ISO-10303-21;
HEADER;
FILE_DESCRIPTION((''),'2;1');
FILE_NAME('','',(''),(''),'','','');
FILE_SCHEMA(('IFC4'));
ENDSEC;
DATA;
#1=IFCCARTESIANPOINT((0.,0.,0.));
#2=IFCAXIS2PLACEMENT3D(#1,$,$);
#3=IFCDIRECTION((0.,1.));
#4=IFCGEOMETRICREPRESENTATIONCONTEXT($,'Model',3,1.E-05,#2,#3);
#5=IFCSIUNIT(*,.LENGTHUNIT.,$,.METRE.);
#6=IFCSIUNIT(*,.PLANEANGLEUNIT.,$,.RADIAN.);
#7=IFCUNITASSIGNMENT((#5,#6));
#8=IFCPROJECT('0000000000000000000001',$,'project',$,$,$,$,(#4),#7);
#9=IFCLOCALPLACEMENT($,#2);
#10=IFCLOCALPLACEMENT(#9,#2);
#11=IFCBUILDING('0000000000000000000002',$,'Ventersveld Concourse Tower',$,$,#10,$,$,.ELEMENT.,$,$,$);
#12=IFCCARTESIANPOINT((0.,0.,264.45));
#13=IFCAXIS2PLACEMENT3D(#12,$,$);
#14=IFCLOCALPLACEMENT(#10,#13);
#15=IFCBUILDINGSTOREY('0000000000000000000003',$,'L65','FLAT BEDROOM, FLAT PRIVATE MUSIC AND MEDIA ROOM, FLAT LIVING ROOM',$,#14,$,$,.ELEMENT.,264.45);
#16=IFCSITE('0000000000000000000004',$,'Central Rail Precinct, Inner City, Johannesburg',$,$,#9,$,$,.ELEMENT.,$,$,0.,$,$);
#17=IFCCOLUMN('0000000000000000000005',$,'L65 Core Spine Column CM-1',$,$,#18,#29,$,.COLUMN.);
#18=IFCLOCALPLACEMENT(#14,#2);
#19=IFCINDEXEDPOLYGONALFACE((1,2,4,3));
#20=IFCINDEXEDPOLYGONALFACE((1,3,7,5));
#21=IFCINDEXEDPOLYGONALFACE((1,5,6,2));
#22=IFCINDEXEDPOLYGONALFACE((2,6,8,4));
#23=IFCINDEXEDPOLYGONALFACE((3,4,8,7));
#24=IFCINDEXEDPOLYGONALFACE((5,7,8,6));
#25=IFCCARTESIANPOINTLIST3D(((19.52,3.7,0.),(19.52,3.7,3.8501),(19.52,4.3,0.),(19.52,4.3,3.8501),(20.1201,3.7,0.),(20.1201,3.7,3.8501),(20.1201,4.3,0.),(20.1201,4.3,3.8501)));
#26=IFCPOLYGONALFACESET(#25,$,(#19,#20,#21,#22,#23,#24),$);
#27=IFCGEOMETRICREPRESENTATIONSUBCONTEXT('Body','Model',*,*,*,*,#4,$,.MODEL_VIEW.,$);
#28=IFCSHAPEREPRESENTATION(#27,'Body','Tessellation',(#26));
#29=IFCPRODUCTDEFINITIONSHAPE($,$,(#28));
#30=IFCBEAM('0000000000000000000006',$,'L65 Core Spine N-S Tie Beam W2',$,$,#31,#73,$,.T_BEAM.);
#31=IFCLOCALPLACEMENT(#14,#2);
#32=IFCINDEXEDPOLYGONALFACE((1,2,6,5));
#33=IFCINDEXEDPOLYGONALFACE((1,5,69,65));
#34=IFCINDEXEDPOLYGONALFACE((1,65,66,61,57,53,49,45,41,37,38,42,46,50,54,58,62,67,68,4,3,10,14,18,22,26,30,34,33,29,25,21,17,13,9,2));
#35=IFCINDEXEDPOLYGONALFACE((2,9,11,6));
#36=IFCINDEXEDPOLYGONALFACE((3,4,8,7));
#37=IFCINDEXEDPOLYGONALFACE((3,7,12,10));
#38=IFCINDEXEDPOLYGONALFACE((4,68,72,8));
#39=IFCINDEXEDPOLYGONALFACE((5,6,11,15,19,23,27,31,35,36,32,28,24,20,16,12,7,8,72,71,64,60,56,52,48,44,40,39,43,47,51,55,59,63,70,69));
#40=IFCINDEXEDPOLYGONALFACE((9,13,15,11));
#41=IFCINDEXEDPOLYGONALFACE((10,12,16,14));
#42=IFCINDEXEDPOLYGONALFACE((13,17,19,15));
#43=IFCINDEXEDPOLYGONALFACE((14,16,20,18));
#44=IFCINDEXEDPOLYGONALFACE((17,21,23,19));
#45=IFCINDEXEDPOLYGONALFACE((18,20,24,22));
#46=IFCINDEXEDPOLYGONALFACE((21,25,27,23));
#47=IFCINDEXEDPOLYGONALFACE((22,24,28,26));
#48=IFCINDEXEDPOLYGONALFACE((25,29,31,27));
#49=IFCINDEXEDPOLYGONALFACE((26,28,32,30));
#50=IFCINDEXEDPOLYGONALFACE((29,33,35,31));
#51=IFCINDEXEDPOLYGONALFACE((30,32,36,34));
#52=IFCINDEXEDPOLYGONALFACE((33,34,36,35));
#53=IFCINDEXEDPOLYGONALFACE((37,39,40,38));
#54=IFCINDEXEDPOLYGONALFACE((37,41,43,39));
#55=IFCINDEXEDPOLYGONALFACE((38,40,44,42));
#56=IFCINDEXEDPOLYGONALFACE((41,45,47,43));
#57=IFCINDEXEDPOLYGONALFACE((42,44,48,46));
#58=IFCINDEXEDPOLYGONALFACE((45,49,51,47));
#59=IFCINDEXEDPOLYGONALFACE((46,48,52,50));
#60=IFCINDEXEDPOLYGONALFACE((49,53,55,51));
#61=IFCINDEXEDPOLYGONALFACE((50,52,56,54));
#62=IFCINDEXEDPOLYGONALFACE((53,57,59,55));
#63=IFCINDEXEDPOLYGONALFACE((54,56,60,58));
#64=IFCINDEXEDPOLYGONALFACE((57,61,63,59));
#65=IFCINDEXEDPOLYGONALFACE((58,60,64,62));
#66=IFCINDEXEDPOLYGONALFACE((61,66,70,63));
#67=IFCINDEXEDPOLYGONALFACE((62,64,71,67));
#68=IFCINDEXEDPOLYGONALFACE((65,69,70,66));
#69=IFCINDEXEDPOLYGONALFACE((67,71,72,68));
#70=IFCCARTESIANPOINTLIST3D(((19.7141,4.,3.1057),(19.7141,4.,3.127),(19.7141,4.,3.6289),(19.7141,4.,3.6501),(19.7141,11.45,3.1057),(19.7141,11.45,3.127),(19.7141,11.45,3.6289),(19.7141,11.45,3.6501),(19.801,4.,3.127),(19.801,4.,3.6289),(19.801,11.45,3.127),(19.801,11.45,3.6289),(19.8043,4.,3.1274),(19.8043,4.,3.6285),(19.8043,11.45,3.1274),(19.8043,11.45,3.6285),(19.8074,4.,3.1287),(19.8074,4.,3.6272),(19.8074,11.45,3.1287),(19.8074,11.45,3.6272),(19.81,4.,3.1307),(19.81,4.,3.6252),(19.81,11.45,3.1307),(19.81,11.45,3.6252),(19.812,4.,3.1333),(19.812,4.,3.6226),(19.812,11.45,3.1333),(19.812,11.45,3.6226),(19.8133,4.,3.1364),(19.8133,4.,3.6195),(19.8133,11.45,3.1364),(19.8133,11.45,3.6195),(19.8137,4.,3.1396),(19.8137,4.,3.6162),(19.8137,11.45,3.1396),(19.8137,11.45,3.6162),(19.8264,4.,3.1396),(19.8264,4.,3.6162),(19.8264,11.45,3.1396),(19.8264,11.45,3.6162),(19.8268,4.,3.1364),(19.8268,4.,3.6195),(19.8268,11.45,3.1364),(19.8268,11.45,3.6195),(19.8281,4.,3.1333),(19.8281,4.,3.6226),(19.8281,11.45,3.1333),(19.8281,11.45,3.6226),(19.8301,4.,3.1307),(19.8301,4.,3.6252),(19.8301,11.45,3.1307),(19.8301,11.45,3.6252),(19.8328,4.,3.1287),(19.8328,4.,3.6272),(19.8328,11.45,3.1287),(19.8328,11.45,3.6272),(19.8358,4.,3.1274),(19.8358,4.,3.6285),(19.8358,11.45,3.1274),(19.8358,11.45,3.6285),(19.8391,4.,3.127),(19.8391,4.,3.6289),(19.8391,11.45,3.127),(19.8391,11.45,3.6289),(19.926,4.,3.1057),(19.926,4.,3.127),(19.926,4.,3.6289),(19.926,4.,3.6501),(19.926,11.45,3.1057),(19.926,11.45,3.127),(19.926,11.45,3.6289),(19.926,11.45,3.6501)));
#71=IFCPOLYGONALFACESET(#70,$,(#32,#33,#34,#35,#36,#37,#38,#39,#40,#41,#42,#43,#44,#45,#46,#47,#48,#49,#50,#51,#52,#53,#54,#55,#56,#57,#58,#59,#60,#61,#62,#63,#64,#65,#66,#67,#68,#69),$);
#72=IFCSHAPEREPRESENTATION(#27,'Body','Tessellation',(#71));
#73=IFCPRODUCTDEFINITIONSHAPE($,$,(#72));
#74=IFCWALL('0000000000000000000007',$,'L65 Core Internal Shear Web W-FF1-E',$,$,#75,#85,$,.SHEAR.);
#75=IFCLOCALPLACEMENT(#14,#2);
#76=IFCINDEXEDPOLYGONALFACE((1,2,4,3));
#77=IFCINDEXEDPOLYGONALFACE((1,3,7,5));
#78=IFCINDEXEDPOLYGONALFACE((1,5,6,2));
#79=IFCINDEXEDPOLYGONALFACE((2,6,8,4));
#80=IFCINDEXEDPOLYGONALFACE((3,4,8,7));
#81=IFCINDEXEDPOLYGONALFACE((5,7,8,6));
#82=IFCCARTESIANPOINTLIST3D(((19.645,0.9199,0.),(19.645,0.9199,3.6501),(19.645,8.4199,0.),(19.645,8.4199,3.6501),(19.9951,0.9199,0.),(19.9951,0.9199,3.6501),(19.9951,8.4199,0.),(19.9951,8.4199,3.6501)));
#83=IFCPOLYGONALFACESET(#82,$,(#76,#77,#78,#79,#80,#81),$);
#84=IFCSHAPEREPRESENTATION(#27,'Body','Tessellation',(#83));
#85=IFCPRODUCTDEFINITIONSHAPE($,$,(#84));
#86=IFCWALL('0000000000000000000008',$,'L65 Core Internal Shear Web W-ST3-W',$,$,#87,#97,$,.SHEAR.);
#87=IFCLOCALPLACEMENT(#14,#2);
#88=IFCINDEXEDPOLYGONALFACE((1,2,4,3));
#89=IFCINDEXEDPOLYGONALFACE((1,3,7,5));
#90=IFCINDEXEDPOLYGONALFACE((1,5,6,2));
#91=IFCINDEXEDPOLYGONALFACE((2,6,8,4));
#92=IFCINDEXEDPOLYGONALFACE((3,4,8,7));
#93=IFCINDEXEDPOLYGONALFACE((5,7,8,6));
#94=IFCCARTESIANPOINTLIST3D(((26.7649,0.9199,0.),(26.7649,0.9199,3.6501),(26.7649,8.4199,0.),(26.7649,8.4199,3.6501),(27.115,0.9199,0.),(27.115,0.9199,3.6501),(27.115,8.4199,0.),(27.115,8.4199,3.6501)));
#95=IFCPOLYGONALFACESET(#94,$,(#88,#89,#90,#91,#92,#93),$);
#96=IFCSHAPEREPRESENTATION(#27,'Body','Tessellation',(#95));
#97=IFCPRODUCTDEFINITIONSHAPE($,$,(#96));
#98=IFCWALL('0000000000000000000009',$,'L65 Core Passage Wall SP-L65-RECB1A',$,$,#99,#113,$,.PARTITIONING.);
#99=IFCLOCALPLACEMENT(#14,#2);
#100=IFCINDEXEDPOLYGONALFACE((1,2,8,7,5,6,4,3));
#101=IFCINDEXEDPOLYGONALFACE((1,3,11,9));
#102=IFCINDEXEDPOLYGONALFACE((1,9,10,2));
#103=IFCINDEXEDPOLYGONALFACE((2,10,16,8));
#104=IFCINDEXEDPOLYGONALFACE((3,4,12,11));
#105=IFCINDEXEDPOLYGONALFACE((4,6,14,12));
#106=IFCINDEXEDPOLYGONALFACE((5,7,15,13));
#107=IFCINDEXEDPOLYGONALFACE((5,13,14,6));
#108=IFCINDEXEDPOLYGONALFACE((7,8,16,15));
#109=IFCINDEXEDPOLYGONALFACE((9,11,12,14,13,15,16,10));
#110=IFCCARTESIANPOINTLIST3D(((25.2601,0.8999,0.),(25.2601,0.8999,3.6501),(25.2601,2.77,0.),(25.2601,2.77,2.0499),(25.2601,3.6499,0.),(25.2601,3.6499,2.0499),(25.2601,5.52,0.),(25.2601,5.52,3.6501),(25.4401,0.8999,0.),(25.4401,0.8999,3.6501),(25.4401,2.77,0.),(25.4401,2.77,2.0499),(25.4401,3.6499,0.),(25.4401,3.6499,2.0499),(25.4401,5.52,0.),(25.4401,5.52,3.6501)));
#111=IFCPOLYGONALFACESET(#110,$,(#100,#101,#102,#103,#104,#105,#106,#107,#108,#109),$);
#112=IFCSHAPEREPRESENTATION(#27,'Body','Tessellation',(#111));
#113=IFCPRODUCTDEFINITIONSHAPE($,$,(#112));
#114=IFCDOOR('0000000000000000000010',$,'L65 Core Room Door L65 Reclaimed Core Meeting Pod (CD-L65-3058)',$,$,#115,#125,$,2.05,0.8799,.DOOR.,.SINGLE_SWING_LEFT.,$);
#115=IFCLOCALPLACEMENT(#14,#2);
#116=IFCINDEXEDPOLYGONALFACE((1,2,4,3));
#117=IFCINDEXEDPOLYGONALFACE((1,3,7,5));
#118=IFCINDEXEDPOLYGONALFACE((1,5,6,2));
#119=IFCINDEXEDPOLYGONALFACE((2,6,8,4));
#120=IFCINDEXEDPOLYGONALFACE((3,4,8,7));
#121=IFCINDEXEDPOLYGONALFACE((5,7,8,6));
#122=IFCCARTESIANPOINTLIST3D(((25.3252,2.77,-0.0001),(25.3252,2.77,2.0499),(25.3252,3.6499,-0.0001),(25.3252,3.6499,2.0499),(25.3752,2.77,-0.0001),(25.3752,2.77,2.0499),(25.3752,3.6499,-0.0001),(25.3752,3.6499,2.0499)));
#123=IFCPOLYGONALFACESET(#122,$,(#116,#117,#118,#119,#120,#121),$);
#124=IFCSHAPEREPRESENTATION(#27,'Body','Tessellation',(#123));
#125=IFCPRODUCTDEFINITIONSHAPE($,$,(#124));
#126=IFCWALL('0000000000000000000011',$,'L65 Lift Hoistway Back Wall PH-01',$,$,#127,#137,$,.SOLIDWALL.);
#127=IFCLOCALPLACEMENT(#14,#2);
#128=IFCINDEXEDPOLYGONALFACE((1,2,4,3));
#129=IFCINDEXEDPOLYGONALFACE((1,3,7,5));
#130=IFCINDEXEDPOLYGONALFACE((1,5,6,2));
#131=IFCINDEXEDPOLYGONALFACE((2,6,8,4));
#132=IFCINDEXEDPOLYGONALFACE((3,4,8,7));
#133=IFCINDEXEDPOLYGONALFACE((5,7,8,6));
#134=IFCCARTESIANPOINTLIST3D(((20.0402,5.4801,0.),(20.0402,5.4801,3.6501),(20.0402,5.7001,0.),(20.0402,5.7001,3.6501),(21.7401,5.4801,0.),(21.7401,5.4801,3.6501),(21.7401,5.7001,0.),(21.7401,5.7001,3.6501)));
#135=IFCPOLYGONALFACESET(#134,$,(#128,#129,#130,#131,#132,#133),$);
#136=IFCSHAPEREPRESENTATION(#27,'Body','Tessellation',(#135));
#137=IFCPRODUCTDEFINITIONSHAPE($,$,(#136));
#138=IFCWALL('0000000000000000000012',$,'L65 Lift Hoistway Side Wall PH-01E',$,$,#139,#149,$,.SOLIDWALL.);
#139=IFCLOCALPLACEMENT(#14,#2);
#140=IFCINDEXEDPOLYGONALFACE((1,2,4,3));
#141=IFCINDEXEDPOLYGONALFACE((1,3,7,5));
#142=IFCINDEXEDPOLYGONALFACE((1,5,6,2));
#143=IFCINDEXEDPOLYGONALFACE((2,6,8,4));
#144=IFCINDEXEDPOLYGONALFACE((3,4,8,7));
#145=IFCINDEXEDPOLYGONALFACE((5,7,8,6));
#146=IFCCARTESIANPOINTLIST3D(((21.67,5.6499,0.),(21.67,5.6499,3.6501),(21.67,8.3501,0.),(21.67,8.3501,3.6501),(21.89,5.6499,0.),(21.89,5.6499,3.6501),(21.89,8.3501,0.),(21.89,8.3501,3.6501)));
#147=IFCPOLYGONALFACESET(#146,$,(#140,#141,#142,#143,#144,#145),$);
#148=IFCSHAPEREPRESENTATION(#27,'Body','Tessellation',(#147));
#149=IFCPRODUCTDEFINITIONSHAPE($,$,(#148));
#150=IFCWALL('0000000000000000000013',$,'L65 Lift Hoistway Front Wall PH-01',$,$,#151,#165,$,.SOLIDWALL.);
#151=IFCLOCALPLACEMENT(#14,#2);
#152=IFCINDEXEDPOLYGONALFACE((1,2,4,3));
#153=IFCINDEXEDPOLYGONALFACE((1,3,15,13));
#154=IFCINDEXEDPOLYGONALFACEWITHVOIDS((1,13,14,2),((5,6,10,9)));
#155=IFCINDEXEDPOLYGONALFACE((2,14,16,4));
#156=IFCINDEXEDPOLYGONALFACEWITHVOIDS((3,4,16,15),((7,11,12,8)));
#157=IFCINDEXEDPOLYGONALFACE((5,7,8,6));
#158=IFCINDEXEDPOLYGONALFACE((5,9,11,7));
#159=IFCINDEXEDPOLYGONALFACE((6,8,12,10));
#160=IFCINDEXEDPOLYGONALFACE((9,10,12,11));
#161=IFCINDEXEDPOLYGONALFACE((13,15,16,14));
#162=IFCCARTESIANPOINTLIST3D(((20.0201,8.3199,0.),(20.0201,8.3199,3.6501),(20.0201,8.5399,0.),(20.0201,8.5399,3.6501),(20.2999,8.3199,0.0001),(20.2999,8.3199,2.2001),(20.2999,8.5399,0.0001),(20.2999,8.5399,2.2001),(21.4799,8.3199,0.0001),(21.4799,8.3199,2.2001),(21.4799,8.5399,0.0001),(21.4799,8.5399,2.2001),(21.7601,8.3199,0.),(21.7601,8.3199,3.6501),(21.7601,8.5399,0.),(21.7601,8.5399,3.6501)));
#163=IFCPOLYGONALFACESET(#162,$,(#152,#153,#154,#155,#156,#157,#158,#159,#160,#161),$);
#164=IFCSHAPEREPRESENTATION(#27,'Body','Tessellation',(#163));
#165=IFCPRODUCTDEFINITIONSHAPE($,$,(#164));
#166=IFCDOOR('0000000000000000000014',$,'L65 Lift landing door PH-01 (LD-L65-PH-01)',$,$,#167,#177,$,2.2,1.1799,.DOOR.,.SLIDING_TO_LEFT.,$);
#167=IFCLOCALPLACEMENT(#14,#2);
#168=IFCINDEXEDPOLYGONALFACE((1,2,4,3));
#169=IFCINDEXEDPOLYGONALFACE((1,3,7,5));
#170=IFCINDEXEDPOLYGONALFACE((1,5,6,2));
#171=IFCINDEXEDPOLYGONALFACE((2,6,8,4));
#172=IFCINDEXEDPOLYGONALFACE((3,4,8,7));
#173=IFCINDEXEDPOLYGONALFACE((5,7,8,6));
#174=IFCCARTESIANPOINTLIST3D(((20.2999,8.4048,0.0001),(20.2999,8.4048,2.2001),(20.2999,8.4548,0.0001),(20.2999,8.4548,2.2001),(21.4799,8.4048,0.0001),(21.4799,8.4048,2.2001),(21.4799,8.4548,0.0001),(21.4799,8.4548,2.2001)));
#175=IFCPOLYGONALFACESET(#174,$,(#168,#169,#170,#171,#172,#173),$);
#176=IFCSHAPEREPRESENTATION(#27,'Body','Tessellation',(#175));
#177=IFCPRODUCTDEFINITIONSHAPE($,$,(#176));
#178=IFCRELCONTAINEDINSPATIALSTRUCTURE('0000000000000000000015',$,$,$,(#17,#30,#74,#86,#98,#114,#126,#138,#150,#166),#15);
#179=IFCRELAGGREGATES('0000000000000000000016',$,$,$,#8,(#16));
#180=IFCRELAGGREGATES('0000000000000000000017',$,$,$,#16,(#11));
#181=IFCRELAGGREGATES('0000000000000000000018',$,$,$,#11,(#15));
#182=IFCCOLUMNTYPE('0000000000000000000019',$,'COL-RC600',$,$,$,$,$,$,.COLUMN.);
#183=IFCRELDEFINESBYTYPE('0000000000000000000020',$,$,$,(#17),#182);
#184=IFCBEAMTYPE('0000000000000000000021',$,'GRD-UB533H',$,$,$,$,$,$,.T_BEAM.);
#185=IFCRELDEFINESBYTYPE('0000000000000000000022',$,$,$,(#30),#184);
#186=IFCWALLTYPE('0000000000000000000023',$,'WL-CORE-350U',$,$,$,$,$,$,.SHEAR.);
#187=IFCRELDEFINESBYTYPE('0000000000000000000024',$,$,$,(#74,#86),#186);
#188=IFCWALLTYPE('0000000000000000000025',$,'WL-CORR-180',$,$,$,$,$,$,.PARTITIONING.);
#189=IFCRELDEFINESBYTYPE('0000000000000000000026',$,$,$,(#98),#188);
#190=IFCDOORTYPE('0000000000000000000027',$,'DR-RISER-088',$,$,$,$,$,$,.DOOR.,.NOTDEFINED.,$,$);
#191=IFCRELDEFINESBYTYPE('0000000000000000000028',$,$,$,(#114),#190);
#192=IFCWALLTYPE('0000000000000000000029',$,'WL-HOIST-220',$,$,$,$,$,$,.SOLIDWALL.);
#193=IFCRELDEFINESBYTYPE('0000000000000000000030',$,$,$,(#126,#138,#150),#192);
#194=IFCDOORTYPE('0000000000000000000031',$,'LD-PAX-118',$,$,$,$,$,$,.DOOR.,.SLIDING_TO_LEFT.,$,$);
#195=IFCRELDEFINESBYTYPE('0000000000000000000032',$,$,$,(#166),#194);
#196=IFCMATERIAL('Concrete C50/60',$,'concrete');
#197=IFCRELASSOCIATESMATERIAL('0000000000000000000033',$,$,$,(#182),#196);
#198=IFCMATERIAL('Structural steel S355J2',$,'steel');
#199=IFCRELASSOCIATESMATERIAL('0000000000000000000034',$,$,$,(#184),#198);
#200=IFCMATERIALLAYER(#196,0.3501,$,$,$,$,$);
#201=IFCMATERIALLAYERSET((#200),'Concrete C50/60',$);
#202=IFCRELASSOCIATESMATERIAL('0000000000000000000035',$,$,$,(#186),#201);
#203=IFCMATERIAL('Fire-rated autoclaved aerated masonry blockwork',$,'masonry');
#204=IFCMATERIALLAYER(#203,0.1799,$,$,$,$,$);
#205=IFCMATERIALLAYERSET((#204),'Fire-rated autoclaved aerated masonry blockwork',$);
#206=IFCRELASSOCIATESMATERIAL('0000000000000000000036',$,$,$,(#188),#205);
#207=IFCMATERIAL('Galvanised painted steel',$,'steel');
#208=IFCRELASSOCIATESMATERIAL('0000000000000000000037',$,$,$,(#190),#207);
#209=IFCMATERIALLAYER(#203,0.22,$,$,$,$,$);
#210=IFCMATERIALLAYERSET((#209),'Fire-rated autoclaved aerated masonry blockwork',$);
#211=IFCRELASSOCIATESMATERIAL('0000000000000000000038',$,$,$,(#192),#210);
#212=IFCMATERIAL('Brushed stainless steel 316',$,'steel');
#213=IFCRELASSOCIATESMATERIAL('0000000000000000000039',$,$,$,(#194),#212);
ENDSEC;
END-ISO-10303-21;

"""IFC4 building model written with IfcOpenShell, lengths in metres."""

from ifc_helpers import new_model, si_unit, direction, frame, frame_2d, origin, origin_2d, place, context, subcontext, project, spatial, rectangle, i_section, extrude, material, layer, layer_set, material_profile, profile_set, type_object, element, fill, save


model = new_model("IFC4")

# Units and contexts
model_context = context("Model", 3, precision=1e-05, world=origin(), true_north=direction((0.0, 1.0)))
body_context = subcontext(model_context, "Body", "Model", "MODEL_VIEW")
ifc_project = project(units=[si_unit("LENGTHUNIT", "METRE"), si_unit("PLANEANGLEUNIT", "RADIAN")], contexts=[model_context])

# Site, building, storey
site_placement = place(None, origin())
site = spatial("IfcSite", under=ifc_project, at=site_placement, Name="Central Rail Precinct, Inner City, Johannesburg", CompositionType="ELEMENT", RefElevation=0.0)
building_placement = place(site_placement, origin())
building = spatial("IfcBuilding", under=site, at=building_placement, Name="Ventersveld Concourse Tower", CompositionType="ELEMENT")
storey_placement = place(building_placement, frame((0.0, 0.0, 264.45)))
storey = spatial("IfcBuildingStorey", under=building, at=storey_placement, Name="L65", Description="FLAT BEDROOM, FLAT PRIVATE MUSIC AND MEDIA ROOM, FLAT LIVING ROOM", CompositionType="ELEMENT", Elevation=264.45)

# Column
ifc_material_1 = material(Name="Concrete C50/60", Category="concrete")
ifc_material_profile_1 = material_profile(ifc_material_1, rectangle(XDim=0.6001, YDim=0.6001, at=origin_2d()), Name="RC 600x600")
ifc_profile_set_1 = profile_set([ifc_material_profile_1], Name="Concrete C50/60")
column_type = type_object("IfcColumnType", Name="COL-RC600", PredefinedType="COLUMN", material=ifc_profile_set_1)
column_placement = place(storey_placement, frame((19.8201, 4.0, 0.0), z_axis=(0.0, 0.0, 1.0), x_axis=(1.0, 0.0, 0.0)))
element("IfcColumn", 1, at=column_placement, inside=storey, type_object=column_type, Name="L65 Core Spine Column CM-1", PredefinedType="COLUMN", context=body_context, shape_type="SweptSolid", body=[
    extrude(rectangle(XDim=0.6001, YDim=0.6001, at=origin_2d()), origin(), (0.0, 0.0, 1.0), 3.8501),
])

# Beam
ifc_material_2 = material(Name="Structural steel S355J2", Category="steel")
ifc_material_profile_2 = material_profile(ifc_material_2, i_section(OverallWidth=0.2119, OverallDepth=0.5444, WebThickness=0.0127, FlangeThickness=0.0212, FilletRadius=0.0127, at=origin_2d()), Name="UB 533x210x122")
ifc_profile_set_2 = profile_set([ifc_material_profile_2], Name="Structural steel S355J2")
beam_type = type_object("IfcBeamType", Name="GRD-UB533H", PredefinedType="T_BEAM", material=ifc_profile_set_2)
beam_placement = place(storey_placement, frame((19.8201, 4.0, 3.3779), z_axis=(0.0, 1.0, 0.0), x_axis=(-1.0, 0.0, 0.0)))
element("IfcBeam", 2, at=beam_placement, inside=storey, type_object=beam_type, Name="L65 Core Spine N-S Tie Beam W2", PredefinedType="T_BEAM", context=body_context, shape_type="SweptSolid", body=[
    extrude(i_section(OverallWidth=0.2119, OverallDepth=0.5444, WebThickness=0.0127, FlangeThickness=0.0212, FilletRadius=0.0127, at=origin_2d()), origin(), (0.0, 0.0, 1.0), 7.45),
])

# Walls
ifc_layer_1 = layer(ifc_material_1, 0.3501)
ifc_layer_set_1 = layer_set([ifc_layer_1], Name="Concrete C50/60")
wall_type_1 = type_object("IfcWallType", Name="WL-CORE-350U", PredefinedType="SHEAR", material=ifc_layer_set_1)
for number, where, z_axis, x_axis, name in (
    (3, (19.8201, 0.9199, 0.0), (0.0, 0.0, 1.0), (0.0, 1.0, 0.0), "L65 Core Internal Shear Web W-FF1-E"),
    (4, (26.9399, 0.9199, 0.0), (0.0, 0.0, 1.0), (0.0, 1.0, 0.0), "L65 Core Internal Shear Web W-ST3-W"),
):
    element("IfcWall", number, at=place(storey_placement, frame(where, z_axis=z_axis, x_axis=x_axis)), inside=storey, type_object=wall_type_1, Name=name, PredefinedType="SHEAR", context=body_context, shape_type="SweptSolid", body=[
        extrude(rectangle(XDim=7.5, YDim=0.3501, at=frame_2d((3.75, 0.0))), origin(), (0.0, 0.0, 1.0), 3.6501),
    ])

# Wall, opening, door
ifc_material_3 = material(Name="Fire-rated autoclaved aerated masonry blockwork", Category="masonry")
ifc_layer_2 = layer(ifc_material_3, 0.1799)
ifc_layer_set_2 = layer_set([ifc_layer_2], Name="Fire-rated autoclaved aerated masonry blockwork")
wall_type_2 = type_object("IfcWallType", Name="WL-CORR-180", PredefinedType="PARTITIONING", material=ifc_layer_set_2)
wall_1_placement = place(storey_placement, frame((25.3501, 0.8999, 0.0), z_axis=(0.0, 0.0, 1.0), x_axis=(0.0, 1.0, 0.0)))
wall_1 = element("IfcWall", 5, at=wall_1_placement, inside=storey, type_object=wall_type_2, Name="L65 Core Passage Wall SP-L65-RECB1A", PredefinedType="PARTITIONING", context=body_context, shape_type="SweptSolid", body=[
    extrude(rectangle(XDim=4.6201, YDim=0.1799, at=frame_2d((2.3101, 0.0))), origin(), (0.0, 0.0, 1.0), 3.6501),
])
opening_1_placement = place(wall_1_placement, frame((1.8701, 0.0, 0.0)))
opening_1 = element("IfcOpeningElement", 6, at=opening_1_placement, cuts=wall_1, PredefinedType="OPENING", context=body_context, shape_type="SweptSolid", body=[
    extrude(rectangle(XDim=0.8799, YDim=2.05, at=frame_2d((0.4399, 1.0249))), frame((0.0, 0.1001, 0.0), z_axis=(0.0, -1.0, 0.0), x_axis=(1.0, 0.0, 0.0)), (0.0, 0.0, 1.0), 0.2),
])
ifc_material_4 = material(Name="Galvanised painted steel", Category="steel")
door_type_1 = type_object("IfcDoorType", Name="DR-RISER-088", OperationType="NOTDEFINED", PredefinedType="DOOR", material=ifc_material_4)
door_1_placement = place(opening_1_placement, origin())
door_1 = element("IfcDoor", 7, at=door_1_placement, inside=storey, type_object=door_type_1, Name="L65 Core Room Door L65 Reclaimed Core Meeting Pod (CD-L65-3058)", OperationType="SINGLE_SWING_LEFT", OverallHeight=2.05, OverallWidth=0.8799, PredefinedType="DOOR", context=body_context, shape_type="SweptSolid", body=[
    extrude(rectangle(XDim=0.8799, YDim=2.05, at=frame_2d((0.4399, 1.0249))), frame((0.0, 0.0249, 0.0), z_axis=(0.0, -1.0, 0.0), x_axis=(1.0, 0.0, 0.0)), (0.0, 0.0, 1.0), 0.05),
])
fill(opening_1, door_1)

# Walls
ifc_layer_3 = layer(ifc_material_3, 0.22)
ifc_layer_set_3 = layer_set([ifc_layer_3], Name="Fire-rated autoclaved aerated masonry blockwork")
wall_type_3 = type_object("IfcWallType", Name="WL-HOIST-220", PredefinedType="SOLIDWALL", material=ifc_layer_set_3)
wall_2_placement = place(storey_placement, frame((20.04, 5.5901, 0.0), z_axis=(0.0, 0.0, 1.0), x_axis=(1.0, 0.0, 0.0)))
element("IfcWall", 8, at=wall_2_placement, inside=storey, type_object=wall_type_3, Name="L65 Lift Hoistway Back Wall PH-01", PredefinedType="SOLIDWALL", context=body_context, shape_type="SweptSolid", body=[
    extrude(rectangle(XDim=1.7, YDim=0.22, at=frame_2d((0.8501, 0.0))), origin(), (0.0, 0.0, 1.0), 3.6501),
])
wall_3_placement = place(storey_placement, frame((21.78, 5.6499, 0.0), z_axis=(0.0, 0.0, 1.0), x_axis=(0.0, 1.0, 0.0)))
element("IfcWall", 9, at=wall_3_placement, inside=storey, type_object=wall_type_3, Name="L65 Lift Hoistway Side Wall PH-01E", PredefinedType="SOLIDWALL", context=body_context, shape_type="SweptSolid", body=[
    extrude(rectangle(XDim=2.7002, YDim=0.22, at=frame_2d((1.3501, 0.0))), origin(), (0.0, 0.0, 1.0), 3.6501),
])

# Wall, opening, door
wall_4_placement = place(storey_placement, frame((20.02, 8.4299, 0.0), z_axis=(0.0, 0.0, 1.0), x_axis=(1.0, 0.0, 0.0)))
wall_4 = element("IfcWall", 10, at=wall_4_placement, inside=storey, type_object=wall_type_3, Name="L65 Lift Hoistway Front Wall PH-01", PredefinedType="SOLIDWALL", context=body_context, shape_type="SweptSolid", body=[
    extrude(rectangle(XDim=1.74, YDim=0.22, at=frame_2d((0.8701, 0.0))), origin(), (0.0, 0.0, 1.0), 3.6501),
])
opening_2_placement = place(wall_4_placement, frame((0.28, 0.0, 0.0)))
opening_2 = element("IfcOpeningElement", 11, at=opening_2_placement, cuts=wall_4, PredefinedType="OPENING", context=body_context, shape_type="SweptSolid", body=[
    extrude(rectangle(XDim=1.1799, YDim=2.2, at=frame_2d((0.5898, 1.1001))), frame((0.0, 0.1201, 0.0), z_axis=(0.0, -1.0, 0.0), x_axis=(1.0, 0.0, 0.0)), (0.0, 0.0, 1.0), 0.24),
])
ifc_material_5 = material(Name="Brushed stainless steel 316", Category="steel")
door_type_2 = type_object("IfcDoorType", Name="LD-PAX-118", OperationType="SLIDING_TO_LEFT", PredefinedType="DOOR", material=ifc_material_5)
door_2_placement = place(opening_2_placement, origin())
door_2 = element("IfcDoor", 12, at=door_2_placement, inside=storey, type_object=door_type_2, Name="L65 Lift landing door PH-01 (LD-L65-PH-01)", OperationType="SLIDING_TO_LEFT", OverallHeight=2.2, OverallWidth=1.1799, PredefinedType="DOOR", context=body_context, shape_type="SweptSolid", body=[
    extrude(rectangle(XDim=1.1799, YDim=2.2, at=frame_2d((0.5898, 1.1001))), frame((0.0, 0.0249, 0.0), z_axis=(0.0, -1.0, 0.0), x_axis=(1.0, 0.0, 0.0)), (0.0, 0.0, 1.0), 0.05),
])
fill(opening_2, door_2)

save(model, "model.ifc")
